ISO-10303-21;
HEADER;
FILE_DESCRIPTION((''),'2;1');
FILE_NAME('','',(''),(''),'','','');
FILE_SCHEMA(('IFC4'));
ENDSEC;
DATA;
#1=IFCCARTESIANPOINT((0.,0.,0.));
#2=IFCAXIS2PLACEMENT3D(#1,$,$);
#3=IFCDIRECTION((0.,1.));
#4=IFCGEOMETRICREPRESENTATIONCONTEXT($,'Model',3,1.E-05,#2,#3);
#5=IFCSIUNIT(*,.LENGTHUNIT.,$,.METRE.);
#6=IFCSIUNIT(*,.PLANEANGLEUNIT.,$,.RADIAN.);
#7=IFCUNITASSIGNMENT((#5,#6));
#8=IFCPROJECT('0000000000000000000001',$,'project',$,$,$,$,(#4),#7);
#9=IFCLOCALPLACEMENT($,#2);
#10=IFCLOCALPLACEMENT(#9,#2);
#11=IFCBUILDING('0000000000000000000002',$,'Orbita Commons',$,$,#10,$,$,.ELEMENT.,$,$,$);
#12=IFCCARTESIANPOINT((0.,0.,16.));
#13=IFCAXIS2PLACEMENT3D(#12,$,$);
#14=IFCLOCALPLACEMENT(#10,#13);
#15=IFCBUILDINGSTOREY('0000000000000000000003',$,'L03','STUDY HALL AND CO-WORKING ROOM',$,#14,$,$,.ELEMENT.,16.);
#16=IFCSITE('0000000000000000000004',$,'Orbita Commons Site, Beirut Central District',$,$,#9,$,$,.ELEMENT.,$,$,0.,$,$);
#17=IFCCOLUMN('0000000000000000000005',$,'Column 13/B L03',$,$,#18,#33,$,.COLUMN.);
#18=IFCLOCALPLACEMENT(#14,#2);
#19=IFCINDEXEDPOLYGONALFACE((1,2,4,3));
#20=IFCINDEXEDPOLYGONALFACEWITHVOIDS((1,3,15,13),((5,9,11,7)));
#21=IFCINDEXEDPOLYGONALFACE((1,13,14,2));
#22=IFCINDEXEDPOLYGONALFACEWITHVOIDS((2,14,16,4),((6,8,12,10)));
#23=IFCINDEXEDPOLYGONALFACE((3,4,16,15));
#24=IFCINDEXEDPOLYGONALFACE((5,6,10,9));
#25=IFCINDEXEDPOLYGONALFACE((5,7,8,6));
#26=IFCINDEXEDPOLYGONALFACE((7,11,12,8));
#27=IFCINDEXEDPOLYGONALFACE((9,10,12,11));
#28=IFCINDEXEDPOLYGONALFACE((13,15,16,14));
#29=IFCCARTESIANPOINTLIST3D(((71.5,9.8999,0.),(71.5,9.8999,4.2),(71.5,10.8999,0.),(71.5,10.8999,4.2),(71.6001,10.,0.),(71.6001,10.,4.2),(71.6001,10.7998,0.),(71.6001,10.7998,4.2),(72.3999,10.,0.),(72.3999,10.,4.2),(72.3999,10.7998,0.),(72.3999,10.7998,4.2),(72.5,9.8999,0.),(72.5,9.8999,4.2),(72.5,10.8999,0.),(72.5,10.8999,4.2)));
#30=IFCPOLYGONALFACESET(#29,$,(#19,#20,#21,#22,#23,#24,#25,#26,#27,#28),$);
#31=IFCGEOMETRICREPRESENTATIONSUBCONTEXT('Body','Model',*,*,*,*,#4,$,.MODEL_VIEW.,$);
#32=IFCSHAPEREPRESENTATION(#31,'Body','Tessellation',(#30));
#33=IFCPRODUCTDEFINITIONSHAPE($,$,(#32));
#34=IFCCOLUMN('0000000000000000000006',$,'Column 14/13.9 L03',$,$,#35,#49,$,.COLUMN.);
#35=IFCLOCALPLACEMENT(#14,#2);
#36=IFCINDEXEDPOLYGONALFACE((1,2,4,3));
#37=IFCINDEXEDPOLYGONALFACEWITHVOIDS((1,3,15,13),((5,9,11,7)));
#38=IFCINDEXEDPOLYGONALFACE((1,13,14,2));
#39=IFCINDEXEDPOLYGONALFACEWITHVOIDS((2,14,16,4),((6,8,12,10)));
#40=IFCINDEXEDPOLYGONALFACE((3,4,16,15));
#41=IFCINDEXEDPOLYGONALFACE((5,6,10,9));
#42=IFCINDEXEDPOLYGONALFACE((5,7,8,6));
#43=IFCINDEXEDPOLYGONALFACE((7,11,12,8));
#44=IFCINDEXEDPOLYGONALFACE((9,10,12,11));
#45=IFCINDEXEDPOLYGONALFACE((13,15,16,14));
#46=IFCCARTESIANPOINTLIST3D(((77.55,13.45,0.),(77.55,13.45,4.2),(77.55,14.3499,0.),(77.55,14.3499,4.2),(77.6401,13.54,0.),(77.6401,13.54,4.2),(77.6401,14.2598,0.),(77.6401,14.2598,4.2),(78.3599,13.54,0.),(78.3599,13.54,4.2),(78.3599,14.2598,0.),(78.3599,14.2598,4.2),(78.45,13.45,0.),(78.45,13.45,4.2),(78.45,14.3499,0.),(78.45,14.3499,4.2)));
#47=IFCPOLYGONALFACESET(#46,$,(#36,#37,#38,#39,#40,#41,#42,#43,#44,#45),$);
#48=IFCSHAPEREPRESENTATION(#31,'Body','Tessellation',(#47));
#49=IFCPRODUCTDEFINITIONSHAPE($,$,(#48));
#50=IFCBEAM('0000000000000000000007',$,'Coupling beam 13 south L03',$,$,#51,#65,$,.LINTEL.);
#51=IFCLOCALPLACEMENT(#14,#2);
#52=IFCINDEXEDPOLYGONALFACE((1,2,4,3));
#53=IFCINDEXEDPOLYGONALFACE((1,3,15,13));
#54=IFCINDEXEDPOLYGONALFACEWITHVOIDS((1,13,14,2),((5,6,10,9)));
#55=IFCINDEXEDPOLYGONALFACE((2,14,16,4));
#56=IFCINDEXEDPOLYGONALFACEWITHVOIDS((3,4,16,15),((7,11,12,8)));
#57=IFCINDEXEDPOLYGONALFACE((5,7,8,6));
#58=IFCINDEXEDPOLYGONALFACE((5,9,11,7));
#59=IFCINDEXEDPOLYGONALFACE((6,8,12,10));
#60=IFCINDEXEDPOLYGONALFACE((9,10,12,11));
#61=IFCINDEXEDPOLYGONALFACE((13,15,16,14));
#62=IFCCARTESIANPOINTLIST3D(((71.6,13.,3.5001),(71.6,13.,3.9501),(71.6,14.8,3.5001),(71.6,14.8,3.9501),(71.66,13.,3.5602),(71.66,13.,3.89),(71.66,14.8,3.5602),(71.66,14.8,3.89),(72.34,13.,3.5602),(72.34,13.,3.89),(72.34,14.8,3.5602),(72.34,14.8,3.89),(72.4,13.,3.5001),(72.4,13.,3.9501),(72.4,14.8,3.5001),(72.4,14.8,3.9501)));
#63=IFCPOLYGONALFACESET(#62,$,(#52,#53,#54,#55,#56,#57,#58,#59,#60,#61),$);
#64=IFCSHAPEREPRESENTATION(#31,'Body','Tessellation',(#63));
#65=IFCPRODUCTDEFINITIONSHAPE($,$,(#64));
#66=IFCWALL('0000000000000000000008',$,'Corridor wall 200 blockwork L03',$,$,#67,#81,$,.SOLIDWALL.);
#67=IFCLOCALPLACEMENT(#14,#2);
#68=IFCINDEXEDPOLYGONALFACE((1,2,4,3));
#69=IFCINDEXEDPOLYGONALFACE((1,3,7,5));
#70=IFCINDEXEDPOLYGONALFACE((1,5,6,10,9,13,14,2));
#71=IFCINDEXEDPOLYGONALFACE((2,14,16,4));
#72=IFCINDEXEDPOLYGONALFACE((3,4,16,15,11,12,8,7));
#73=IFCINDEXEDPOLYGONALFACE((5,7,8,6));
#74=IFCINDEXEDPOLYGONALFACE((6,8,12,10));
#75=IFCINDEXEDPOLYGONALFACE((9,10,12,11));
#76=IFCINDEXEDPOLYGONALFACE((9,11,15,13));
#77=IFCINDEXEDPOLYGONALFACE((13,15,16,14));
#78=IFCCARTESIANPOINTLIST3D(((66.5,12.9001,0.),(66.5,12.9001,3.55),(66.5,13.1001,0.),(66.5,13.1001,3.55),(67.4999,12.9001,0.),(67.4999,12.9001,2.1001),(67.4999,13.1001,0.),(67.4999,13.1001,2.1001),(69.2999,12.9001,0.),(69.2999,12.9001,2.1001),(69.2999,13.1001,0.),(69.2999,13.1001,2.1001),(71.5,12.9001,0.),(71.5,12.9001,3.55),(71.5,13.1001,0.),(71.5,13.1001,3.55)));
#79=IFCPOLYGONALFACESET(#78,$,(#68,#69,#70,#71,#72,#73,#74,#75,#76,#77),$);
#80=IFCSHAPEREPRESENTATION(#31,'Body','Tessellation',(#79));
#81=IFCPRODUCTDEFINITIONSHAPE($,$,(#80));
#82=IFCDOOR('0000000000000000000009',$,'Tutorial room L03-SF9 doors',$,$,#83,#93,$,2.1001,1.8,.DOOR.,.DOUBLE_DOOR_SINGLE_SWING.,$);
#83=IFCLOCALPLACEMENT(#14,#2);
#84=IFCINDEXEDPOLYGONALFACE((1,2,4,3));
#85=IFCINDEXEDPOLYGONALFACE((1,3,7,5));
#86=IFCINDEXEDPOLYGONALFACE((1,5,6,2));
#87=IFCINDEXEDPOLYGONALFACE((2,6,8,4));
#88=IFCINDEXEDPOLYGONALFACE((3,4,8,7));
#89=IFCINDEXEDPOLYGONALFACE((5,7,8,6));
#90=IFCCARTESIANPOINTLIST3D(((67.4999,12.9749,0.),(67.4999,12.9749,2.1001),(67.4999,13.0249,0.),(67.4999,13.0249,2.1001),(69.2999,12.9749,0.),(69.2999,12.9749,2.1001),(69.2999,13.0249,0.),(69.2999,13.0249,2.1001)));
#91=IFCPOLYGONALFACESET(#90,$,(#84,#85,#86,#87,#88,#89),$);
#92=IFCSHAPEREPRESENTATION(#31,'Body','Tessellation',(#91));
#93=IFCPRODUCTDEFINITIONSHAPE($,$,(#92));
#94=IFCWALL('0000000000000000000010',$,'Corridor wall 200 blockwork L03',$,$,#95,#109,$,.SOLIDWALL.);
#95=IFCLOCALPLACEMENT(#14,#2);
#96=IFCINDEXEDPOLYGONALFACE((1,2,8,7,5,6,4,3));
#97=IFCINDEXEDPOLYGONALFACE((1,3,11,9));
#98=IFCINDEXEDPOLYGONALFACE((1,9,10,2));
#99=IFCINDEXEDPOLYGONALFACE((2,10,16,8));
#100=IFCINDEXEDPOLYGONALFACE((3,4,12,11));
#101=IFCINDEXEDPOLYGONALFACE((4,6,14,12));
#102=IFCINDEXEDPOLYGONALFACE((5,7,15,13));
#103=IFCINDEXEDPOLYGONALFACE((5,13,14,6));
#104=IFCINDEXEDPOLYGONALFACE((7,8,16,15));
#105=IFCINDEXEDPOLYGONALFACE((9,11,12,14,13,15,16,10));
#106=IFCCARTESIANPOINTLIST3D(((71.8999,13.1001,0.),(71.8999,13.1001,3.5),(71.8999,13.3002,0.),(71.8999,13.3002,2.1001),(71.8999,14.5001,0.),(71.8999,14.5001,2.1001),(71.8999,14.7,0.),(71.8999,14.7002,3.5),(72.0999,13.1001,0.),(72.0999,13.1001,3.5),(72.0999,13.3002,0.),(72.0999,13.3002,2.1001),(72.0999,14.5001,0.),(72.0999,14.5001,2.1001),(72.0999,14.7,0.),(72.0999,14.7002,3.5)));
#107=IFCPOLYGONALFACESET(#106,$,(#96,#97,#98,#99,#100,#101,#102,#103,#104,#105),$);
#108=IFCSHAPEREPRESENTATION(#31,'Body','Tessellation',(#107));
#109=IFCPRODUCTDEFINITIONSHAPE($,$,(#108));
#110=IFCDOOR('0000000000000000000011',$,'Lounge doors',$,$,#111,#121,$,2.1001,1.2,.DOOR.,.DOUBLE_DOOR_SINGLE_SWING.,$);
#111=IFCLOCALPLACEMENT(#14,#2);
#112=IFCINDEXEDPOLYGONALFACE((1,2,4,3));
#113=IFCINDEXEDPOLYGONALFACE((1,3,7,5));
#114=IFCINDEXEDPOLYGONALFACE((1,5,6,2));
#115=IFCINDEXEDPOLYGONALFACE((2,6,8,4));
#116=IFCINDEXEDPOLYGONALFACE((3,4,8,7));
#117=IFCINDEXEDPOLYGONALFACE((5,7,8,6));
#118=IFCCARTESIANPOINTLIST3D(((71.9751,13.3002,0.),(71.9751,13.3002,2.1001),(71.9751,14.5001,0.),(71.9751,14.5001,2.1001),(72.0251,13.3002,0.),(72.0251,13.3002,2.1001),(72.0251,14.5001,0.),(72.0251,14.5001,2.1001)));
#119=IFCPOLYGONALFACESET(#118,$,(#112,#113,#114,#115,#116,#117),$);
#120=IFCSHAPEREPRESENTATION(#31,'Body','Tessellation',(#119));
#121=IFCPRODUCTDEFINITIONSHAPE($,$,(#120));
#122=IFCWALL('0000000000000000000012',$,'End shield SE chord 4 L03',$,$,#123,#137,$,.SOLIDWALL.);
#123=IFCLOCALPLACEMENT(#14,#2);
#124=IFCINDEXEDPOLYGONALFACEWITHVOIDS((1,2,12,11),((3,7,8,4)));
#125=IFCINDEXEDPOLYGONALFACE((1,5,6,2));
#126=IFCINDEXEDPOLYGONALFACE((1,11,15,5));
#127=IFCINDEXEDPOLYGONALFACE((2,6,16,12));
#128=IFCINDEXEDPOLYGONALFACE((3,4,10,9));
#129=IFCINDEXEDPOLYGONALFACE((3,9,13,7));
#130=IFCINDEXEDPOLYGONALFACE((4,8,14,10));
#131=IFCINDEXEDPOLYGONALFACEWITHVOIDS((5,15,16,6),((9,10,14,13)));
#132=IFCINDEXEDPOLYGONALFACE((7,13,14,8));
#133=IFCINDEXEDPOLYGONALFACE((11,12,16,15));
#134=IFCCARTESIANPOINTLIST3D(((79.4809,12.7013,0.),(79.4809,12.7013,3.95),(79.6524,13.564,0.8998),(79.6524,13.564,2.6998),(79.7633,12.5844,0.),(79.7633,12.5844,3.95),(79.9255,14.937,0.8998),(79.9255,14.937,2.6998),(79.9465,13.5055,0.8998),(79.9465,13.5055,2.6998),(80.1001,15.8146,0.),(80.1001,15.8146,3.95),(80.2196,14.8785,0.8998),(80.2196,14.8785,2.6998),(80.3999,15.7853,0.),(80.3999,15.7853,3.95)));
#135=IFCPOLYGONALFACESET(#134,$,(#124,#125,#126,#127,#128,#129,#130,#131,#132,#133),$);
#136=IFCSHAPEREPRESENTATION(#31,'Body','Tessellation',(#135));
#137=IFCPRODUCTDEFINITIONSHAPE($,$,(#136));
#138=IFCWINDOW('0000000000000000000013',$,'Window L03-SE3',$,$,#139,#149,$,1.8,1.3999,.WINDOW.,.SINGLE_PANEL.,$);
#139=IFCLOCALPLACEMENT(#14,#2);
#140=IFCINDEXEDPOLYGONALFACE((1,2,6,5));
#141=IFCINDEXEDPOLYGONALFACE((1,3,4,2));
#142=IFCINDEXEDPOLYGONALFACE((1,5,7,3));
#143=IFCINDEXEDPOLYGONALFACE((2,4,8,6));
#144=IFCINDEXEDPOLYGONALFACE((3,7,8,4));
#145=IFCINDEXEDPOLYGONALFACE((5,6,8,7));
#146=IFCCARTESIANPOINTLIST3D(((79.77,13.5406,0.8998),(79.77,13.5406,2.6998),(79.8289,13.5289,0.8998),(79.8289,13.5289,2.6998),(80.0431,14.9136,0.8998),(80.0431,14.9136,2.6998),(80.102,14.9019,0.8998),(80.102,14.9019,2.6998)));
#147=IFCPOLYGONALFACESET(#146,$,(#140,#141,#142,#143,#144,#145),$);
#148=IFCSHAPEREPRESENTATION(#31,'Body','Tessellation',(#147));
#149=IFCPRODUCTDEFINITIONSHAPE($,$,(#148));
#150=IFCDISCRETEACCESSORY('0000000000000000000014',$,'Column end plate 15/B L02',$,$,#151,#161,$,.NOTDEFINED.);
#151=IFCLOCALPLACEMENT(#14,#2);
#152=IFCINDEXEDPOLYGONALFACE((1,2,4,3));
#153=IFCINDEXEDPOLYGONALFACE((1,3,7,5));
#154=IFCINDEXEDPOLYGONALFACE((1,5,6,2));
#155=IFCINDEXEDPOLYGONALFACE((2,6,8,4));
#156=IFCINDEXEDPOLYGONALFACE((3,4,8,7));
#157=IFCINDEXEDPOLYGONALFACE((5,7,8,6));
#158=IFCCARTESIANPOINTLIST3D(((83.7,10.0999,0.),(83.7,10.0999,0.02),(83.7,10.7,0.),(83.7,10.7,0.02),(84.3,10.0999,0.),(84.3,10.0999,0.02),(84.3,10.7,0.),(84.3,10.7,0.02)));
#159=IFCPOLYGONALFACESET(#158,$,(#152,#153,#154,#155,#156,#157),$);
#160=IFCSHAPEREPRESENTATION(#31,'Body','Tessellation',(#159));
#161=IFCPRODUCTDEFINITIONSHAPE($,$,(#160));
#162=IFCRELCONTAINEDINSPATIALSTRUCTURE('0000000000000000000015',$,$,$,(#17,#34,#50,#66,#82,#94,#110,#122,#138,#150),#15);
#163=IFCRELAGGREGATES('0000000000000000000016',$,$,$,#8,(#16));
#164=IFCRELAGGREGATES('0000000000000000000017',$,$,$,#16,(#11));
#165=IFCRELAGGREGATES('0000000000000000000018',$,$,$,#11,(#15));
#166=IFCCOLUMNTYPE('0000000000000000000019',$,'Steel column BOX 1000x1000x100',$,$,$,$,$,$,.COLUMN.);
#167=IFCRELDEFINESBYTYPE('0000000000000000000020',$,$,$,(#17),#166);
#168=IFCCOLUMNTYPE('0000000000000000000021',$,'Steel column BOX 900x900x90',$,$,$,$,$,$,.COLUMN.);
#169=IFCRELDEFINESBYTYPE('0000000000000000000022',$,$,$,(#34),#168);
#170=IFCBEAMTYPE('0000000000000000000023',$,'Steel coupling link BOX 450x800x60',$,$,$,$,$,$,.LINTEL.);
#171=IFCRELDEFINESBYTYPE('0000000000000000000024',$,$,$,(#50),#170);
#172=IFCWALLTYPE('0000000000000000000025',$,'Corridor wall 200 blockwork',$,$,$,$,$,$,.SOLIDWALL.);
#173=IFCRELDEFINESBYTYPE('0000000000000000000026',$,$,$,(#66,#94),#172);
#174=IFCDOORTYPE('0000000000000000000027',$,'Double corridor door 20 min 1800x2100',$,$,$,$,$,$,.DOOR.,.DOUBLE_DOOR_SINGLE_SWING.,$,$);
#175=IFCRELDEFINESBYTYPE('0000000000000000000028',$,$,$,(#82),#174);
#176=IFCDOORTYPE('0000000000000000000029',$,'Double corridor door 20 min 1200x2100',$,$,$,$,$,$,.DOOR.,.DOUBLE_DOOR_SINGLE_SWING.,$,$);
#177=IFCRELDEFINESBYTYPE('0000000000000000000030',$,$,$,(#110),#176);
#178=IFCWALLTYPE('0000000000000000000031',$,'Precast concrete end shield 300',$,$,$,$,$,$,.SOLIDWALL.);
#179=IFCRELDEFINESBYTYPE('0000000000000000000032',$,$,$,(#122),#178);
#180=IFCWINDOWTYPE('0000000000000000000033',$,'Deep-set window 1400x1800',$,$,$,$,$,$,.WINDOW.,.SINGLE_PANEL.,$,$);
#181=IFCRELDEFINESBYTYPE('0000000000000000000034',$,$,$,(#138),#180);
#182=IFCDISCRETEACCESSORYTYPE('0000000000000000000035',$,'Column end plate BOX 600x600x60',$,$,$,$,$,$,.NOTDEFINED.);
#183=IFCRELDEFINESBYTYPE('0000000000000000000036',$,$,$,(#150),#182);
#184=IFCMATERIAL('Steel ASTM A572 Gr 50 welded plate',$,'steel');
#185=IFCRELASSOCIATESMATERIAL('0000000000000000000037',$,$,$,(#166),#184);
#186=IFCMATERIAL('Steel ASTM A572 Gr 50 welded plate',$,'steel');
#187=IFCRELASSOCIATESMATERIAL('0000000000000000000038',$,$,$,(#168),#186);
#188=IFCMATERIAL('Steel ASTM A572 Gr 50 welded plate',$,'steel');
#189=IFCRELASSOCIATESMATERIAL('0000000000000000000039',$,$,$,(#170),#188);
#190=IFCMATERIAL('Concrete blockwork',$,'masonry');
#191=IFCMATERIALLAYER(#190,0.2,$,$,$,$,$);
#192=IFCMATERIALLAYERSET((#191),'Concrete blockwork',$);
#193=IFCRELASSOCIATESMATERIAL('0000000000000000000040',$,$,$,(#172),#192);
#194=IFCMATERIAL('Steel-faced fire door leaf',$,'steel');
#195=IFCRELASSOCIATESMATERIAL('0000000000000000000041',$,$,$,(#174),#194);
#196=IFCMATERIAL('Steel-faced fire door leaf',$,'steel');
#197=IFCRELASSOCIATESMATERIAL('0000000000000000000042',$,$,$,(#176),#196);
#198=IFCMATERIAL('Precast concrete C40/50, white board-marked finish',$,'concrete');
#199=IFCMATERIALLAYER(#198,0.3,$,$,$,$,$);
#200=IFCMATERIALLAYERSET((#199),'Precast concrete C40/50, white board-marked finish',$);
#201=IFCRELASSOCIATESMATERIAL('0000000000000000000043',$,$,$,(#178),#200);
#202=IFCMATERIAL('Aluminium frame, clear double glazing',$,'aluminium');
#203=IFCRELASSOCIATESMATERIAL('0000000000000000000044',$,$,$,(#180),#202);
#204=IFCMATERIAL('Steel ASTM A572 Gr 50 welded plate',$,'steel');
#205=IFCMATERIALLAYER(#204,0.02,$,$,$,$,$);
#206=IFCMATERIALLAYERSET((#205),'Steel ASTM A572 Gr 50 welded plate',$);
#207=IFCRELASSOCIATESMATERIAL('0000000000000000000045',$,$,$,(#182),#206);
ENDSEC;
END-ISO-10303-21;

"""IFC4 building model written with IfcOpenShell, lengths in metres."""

from ifc_helpers import new_model, si_unit, direction, frame, frame_2d, origin, origin_2d, place, context, subcontext, project, spatial, polyline, rectangle, hollow_rectangle, outline, extrude, material, layer, layer_set, material_profile, profile_set, type_object, element, fill, save


model = new_model("IFC4")

# Units and contexts
model_context = context("Model", 3, precision=1e-05, world=origin(), true_north=direction((0.0, 1.0)))
body_context = subcontext(model_context, "Body", "Model", "MODEL_VIEW")
ifc_project = project(units=[si_unit("LENGTHUNIT", "METRE"), si_unit("PLANEANGLEUNIT", "RADIAN")], contexts=[model_context])

# Site, building, storey
site_placement = place(None, origin())
site = spatial("IfcSite", under=ifc_project, at=site_placement, Name="Orbita Commons Site, Beirut Central District", CompositionType="ELEMENT", RefElevation=0.0)
building_placement = place(site_placement, origin())
building = spatial("IfcBuilding", under=site, at=building_placement, Name="Orbita Commons", CompositionType="ELEMENT")
storey_placement = place(building_placement, frame((0.0, 0.0, 16.0)))
storey = spatial("IfcBuildingStorey", under=building, at=storey_placement, Name="L03", Description="STUDY HALL AND CO-WORKING ROOM", CompositionType="ELEMENT", Elevation=16.0)

# Columns
ifc_material_1 = material(Name="Steel ASTM A572 Gr 50 welded plate", Category="steel")
ifc_material_profile_1 = material_profile(ifc_material_1, hollow_rectangle(XDim=1.0, YDim=1.0, WallThickness=0.1001, at=origin_2d()), Name="BOX 1000x1000x100")
ifc_profile_set_1 = profile_set([ifc_material_profile_1], Name="Steel ASTM A572 Gr 50 welded plate")
column_type_1 = type_object("IfcColumnType", Name="Steel column BOX 1000x1000x100", PredefinedType="COLUMN", material=ifc_profile_set_1)
column_1_placement = place(storey_placement, frame((72.0, 10.3999, 0.0), z_axis=(0.0, 0.0, 1.0), x_axis=(1.0, 0.0, 0.0)))
element("IfcColumn", 1, at=column_1_placement, inside=storey, type_object=column_type_1, Name="Column 13/B L03", PredefinedType="COLUMN", context=body_context, shape_type="SweptSolid", body=[
    extrude(hollow_rectangle(XDim=1.0, YDim=1.0, WallThickness=0.1001, at=origin_2d()), origin(), (0.0, 0.0, 1.0), 4.2),
])
ifc_material_2 = material(Name="Steel ASTM A572 Gr 50 welded plate", Category="steel")
ifc_material_profile_2 = material_profile(ifc_material_2, hollow_rectangle(XDim=0.8999, YDim=0.8999, WallThickness=0.0901, at=origin_2d()), Name="BOX 900x900x90")
ifc_profile_set_2 = profile_set([ifc_material_profile_2], Name="Steel ASTM A572 Gr 50 welded plate")
column_type_2 = type_object("IfcColumnType", Name="Steel column BOX 900x900x90", PredefinedType="COLUMN", material=ifc_profile_set_2)
column_2_placement = place(storey_placement, frame((78.0, 13.8999, 0.0), z_axis=(0.0, 0.0, 1.0), x_axis=(1.0, 0.0, 0.0)))
element("IfcColumn", 2, at=column_2_placement, inside=storey, type_object=column_type_2, Name="Column 14/13.9 L03", PredefinedType="COLUMN", context=body_context, shape_type="SweptSolid", body=[
    extrude(hollow_rectangle(XDim=0.8999, YDim=0.8999, WallThickness=0.0901, at=origin_2d()), origin(), (0.0, 0.0, 1.0), 4.2),
])

# Beam
ifc_material_3 = material(Name="Steel ASTM A572 Gr 50 welded plate", Category="steel")
ifc_material_profile_3 = material_profile(ifc_material_3, hollow_rectangle(XDim=0.8, YDim=0.45, WallThickness=0.0601, at=origin_2d()), Name="BOX 450x800x60")
ifc_profile_set_3 = profile_set([ifc_material_profile_3], Name="Steel ASTM A572 Gr 50 welded plate")
beam_type = type_object("IfcBeamType", Name="Steel coupling link BOX 450x800x60", PredefinedType="LINTEL", material=ifc_profile_set_3)
beam_placement = place(storey_placement, frame((72.0, 13.0, 3.7251), z_axis=(0.0, 1.0, 0.0), x_axis=(-1.0, 0.0, 0.0)))
element("IfcBeam", 3, at=beam_placement, inside=storey, type_object=beam_type, Name="Coupling beam 13 south L03", PredefinedType="LINTEL", context=body_context, shape_type="SweptSolid", body=[
    extrude(hollow_rectangle(XDim=0.8, YDim=0.45, WallThickness=0.0601, at=origin_2d()), origin(), (0.0, 0.0, 1.0), 1.8),
])

# Walls, openings, doors
ifc_material_4 = material(Name="Concrete blockwork", Category="masonry")
ifc_layer_1 = layer(ifc_material_4, 0.2)
ifc_layer_set_1 = layer_set([ifc_layer_1], Name="Concrete blockwork")
wall_type_1 = type_object("IfcWallType", Name="Corridor wall 200 blockwork", PredefinedType="SOLIDWALL", material=ifc_layer_set_1)
wall_1_placement = place(storey_placement, frame((66.5, 13.0, 0.0), z_axis=(0.0, 0.0, 1.0), x_axis=(1.0, 0.0, 0.0)))
wall_1 = element("IfcWall", 4, at=wall_1_placement, inside=storey, type_object=wall_type_1, Name="Corridor wall 200 blockwork L03", PredefinedType="SOLIDWALL", context=body_context, shape_type="SweptSolid", body=[
    extrude(outline(polyline([(0.0, 0.0), (5.0, 0.0), (5.0, 3.55), (0.0, 3.55), (0.0, 0.0)])), frame((0.0, 0.1001, 0.0), z_axis=(0.0, -1.0, 0.0), x_axis=(1.0, 0.0, 0.0)), (0.0, 0.0, 1.0), 0.2),
])
opening_1_placement = place(wall_1_placement, frame((1.0, 0.0, 0.0)))
opening_1 = element("IfcOpeningElement", 5, at=opening_1_placement, cuts=wall_1, PredefinedType="OPENING", context=body_context, shape_type="SweptSolid", body=[
    extrude(rectangle(XDim=1.8, YDim=2.1001, at=frame_2d((0.8999, 1.05))), frame((0.0, 0.1099, 0.0), z_axis=(0.0, -1.0, 0.0), x_axis=(1.0, 0.0, 0.0)), (0.0, 0.0, 1.0), 0.22),
])
ifc_material_5 = material(Name="Steel-faced fire door leaf", Category="steel")
door_type_1 = type_object("IfcDoorType", Name="Double corridor door 20 min 1800x2100", OperationType="DOUBLE_DOOR_SINGLE_SWING", PredefinedType="DOOR", material=ifc_material_5)
door_1_placement = place(opening_1_placement, origin())
door_1 = element("IfcDoor", 6, at=door_1_placement, inside=storey, type_object=door_type_1, Name="Tutorial room L03-SF9 doors", OperationType="DOUBLE_DOOR_SINGLE_SWING", OverallHeight=2.1001, OverallWidth=1.8, PredefinedType="DOOR", context=body_context, shape_type="SweptSolid", body=[
    extrude(rectangle(XDim=1.8, YDim=2.1001, at=frame_2d((0.8999, 1.05))), frame((0.0, 0.0249, 0.0), z_axis=(0.0, -1.0, 0.0), x_axis=(1.0, 0.0, 0.0)), (0.0, 0.0, 1.0), 0.05),
])
fill(opening_1, door_1)
wall_2_placement = place(storey_placement, frame((72.0, 13.1001, 0.0), z_axis=(0.0, 0.0, 1.0), x_axis=(0.0, 1.0, 0.0)))
wall_2 = element("IfcWall", 7, at=wall_2_placement, inside=storey, type_object=wall_type_1, Name="Corridor wall 200 blockwork L03", PredefinedType="SOLIDWALL", context=body_context, shape_type="SweptSolid", body=[
    extrude(outline(polyline([(0.0, 0.0), (1.5999, 0.0), (1.6001, 3.5), (0.0, 3.5), (0.0, 0.0)])), frame((0.0, 0.1001, 0.0), z_axis=(0.0, -1.0, 0.0), x_axis=(1.0, 0.0, 0.0)), (0.0, 0.0, 1.0), 0.2),
])
opening_2_placement = place(wall_2_placement, frame((0.2, 0.0, 0.0)))
opening_2 = element("IfcOpeningElement", 8, at=opening_2_placement, cuts=wall_2, PredefinedType="OPENING", context=body_context, shape_type="SweptSolid", body=[
    extrude(rectangle(XDim=1.2, YDim=2.1001, at=frame_2d((0.6001, 1.05))), frame((0.0, 0.1099, 0.0), z_axis=(0.0, -1.0, 0.0), x_axis=(1.0, 0.0, 0.0)), (0.0, 0.0, 1.0), 0.22),
])
ifc_material_6 = material(Name="Steel-faced fire door leaf", Category="steel")
door_type_2 = type_object("IfcDoorType", Name="Double corridor door 20 min 1200x2100", OperationType="DOUBLE_DOOR_SINGLE_SWING", PredefinedType="DOOR", material=ifc_material_6)
door_2_placement = place(opening_2_placement, origin())
door_2 = element("IfcDoor", 9, at=door_2_placement, inside=storey, type_object=door_type_2, Name="Lounge doors", OperationType="DOUBLE_DOOR_SINGLE_SWING", OverallHeight=2.1001, OverallWidth=1.2, PredefinedType="DOOR", context=body_context, shape_type="SweptSolid", body=[
    extrude(rectangle(XDim=1.2, YDim=2.1001, at=frame_2d((0.6001, 1.05))), frame((0.0, 0.0249, 0.0), z_axis=(0.0, -1.0, 0.0), x_axis=(1.0, 0.0, 0.0)), (0.0, 0.0, 1.0), 0.05),
])
fill(opening_2, door_2)

# Wall, opening, window
ifc_material_7 = material(Name="Precast concrete C40/50, white board-marked finish", Category="concrete")
ifc_layer_2 = layer(ifc_material_7, 0.3)
ifc_layer_set_2 = layer_set([ifc_layer_2], Name="Precast concrete C40/50, white board-marked finish")
wall_type_2 = type_object("IfcWallType", Name="Precast concrete end shield 300", PredefinedType="SOLIDWALL", material=ifc_layer_set_2)
wall_3_placement = place(storey_placement, frame((79.6221, 12.6428, 0.0), z_axis=(0.0, 0.0, 1.0), x_axis=(0.195066, 0.98079, 0.0)))
wall_3 = element("IfcWall", 10, at=wall_3_placement, inside=storey, type_object=wall_type_2, Name="End shield SE chord 4 L03", PredefinedType="SOLIDWALL", context=body_context, shape_type="SweptSolid", body=[
    extrude(outline(polyline([(-0.0298, -0.1499), (3.2339, -0.1499), (3.2041, 0.1499), (0.0298, 0.1499), (-0.0298, -0.1499)])), origin(), (0.0, 0.0, 1.0), 3.95),
])
opening_3_placement = place(wall_3_placement, frame((0.9094, 0.0, 0.8999)))
opening_3 = element("IfcOpeningElement", 11, at=opening_3_placement, cuts=wall_3, PredefinedType="OPENING", context=body_context, shape_type="SweptSolid", body=[
    extrude(rectangle(XDim=1.3999, YDim=1.8, at=frame_2d((0.7, 0.8999))), frame((0.0, 0.1599, 0.0), z_axis=(0.0, -1.0, 0.0), x_axis=(1.0, 0.0, 0.0)), (0.0, 0.0, 1.0), 0.3201),
])
ifc_material_8 = material(Name="Aluminium frame, clear double glazing", Category="aluminium")
window_type = type_object("IfcWindowType", Name="Deep-set window 1400x1800", PartitioningType="SINGLE_PANEL", PredefinedType="WINDOW", material=ifc_material_8)
window_placement = place(opening_3_placement, origin())
window = element("IfcWindow", 12, at=window_placement, inside=storey, type_object=window_type, Name="Window L03-SE3", OverallHeight=1.8, OverallWidth=1.3999, PartitioningType="SINGLE_PANEL", PredefinedType="WINDOW", context=body_context, shape_type="SweptSolid", body=[
    extrude(rectangle(XDim=1.3999, YDim=1.8, at=frame_2d((0.7, 0.8999))), frame((0.0, 0.03, 0.0), z_axis=(0.0, -1.0, 0.0), x_axis=(1.0, 0.0, 0.0)), (0.0, 0.0, 1.0), 0.0601),
])
fill(opening_3, window)

# Discrete accessory
ifc_material_9 = material(Name="Steel ASTM A572 Gr 50 welded plate", Category="steel")
ifc_layer_3 = layer(ifc_material_9, 0.02)
ifc_layer_set_3 = layer_set([ifc_layer_3], Name="Steel ASTM A572 Gr 50 welded plate")
discrete_accessory_type = type_object("IfcDiscreteAccessoryType", Name="Column end plate BOX 600x600x60", PredefinedType="NOTDEFINED", material=ifc_layer_set_3)
discrete_accessory_placement = place(storey_placement, frame((84.0, 10.3999, 0.0), z_axis=(0.0, 0.0, 1.0), x_axis=(1.0, 0.0, 0.0)))
element("IfcDiscreteAccessory", 13, at=discrete_accessory_placement, inside=storey, type_object=discrete_accessory_type, Name="Column end plate 15/B L02", PredefinedType="NOTDEFINED", context=body_context, shape_type="SweptSolid", body=[
    extrude(rectangle(XDim=0.6001, YDim=0.6001, at=origin_2d()), origin(), (0.0, 0.0, 1.0), 0.02),
])

save(model, "model.ifc")
